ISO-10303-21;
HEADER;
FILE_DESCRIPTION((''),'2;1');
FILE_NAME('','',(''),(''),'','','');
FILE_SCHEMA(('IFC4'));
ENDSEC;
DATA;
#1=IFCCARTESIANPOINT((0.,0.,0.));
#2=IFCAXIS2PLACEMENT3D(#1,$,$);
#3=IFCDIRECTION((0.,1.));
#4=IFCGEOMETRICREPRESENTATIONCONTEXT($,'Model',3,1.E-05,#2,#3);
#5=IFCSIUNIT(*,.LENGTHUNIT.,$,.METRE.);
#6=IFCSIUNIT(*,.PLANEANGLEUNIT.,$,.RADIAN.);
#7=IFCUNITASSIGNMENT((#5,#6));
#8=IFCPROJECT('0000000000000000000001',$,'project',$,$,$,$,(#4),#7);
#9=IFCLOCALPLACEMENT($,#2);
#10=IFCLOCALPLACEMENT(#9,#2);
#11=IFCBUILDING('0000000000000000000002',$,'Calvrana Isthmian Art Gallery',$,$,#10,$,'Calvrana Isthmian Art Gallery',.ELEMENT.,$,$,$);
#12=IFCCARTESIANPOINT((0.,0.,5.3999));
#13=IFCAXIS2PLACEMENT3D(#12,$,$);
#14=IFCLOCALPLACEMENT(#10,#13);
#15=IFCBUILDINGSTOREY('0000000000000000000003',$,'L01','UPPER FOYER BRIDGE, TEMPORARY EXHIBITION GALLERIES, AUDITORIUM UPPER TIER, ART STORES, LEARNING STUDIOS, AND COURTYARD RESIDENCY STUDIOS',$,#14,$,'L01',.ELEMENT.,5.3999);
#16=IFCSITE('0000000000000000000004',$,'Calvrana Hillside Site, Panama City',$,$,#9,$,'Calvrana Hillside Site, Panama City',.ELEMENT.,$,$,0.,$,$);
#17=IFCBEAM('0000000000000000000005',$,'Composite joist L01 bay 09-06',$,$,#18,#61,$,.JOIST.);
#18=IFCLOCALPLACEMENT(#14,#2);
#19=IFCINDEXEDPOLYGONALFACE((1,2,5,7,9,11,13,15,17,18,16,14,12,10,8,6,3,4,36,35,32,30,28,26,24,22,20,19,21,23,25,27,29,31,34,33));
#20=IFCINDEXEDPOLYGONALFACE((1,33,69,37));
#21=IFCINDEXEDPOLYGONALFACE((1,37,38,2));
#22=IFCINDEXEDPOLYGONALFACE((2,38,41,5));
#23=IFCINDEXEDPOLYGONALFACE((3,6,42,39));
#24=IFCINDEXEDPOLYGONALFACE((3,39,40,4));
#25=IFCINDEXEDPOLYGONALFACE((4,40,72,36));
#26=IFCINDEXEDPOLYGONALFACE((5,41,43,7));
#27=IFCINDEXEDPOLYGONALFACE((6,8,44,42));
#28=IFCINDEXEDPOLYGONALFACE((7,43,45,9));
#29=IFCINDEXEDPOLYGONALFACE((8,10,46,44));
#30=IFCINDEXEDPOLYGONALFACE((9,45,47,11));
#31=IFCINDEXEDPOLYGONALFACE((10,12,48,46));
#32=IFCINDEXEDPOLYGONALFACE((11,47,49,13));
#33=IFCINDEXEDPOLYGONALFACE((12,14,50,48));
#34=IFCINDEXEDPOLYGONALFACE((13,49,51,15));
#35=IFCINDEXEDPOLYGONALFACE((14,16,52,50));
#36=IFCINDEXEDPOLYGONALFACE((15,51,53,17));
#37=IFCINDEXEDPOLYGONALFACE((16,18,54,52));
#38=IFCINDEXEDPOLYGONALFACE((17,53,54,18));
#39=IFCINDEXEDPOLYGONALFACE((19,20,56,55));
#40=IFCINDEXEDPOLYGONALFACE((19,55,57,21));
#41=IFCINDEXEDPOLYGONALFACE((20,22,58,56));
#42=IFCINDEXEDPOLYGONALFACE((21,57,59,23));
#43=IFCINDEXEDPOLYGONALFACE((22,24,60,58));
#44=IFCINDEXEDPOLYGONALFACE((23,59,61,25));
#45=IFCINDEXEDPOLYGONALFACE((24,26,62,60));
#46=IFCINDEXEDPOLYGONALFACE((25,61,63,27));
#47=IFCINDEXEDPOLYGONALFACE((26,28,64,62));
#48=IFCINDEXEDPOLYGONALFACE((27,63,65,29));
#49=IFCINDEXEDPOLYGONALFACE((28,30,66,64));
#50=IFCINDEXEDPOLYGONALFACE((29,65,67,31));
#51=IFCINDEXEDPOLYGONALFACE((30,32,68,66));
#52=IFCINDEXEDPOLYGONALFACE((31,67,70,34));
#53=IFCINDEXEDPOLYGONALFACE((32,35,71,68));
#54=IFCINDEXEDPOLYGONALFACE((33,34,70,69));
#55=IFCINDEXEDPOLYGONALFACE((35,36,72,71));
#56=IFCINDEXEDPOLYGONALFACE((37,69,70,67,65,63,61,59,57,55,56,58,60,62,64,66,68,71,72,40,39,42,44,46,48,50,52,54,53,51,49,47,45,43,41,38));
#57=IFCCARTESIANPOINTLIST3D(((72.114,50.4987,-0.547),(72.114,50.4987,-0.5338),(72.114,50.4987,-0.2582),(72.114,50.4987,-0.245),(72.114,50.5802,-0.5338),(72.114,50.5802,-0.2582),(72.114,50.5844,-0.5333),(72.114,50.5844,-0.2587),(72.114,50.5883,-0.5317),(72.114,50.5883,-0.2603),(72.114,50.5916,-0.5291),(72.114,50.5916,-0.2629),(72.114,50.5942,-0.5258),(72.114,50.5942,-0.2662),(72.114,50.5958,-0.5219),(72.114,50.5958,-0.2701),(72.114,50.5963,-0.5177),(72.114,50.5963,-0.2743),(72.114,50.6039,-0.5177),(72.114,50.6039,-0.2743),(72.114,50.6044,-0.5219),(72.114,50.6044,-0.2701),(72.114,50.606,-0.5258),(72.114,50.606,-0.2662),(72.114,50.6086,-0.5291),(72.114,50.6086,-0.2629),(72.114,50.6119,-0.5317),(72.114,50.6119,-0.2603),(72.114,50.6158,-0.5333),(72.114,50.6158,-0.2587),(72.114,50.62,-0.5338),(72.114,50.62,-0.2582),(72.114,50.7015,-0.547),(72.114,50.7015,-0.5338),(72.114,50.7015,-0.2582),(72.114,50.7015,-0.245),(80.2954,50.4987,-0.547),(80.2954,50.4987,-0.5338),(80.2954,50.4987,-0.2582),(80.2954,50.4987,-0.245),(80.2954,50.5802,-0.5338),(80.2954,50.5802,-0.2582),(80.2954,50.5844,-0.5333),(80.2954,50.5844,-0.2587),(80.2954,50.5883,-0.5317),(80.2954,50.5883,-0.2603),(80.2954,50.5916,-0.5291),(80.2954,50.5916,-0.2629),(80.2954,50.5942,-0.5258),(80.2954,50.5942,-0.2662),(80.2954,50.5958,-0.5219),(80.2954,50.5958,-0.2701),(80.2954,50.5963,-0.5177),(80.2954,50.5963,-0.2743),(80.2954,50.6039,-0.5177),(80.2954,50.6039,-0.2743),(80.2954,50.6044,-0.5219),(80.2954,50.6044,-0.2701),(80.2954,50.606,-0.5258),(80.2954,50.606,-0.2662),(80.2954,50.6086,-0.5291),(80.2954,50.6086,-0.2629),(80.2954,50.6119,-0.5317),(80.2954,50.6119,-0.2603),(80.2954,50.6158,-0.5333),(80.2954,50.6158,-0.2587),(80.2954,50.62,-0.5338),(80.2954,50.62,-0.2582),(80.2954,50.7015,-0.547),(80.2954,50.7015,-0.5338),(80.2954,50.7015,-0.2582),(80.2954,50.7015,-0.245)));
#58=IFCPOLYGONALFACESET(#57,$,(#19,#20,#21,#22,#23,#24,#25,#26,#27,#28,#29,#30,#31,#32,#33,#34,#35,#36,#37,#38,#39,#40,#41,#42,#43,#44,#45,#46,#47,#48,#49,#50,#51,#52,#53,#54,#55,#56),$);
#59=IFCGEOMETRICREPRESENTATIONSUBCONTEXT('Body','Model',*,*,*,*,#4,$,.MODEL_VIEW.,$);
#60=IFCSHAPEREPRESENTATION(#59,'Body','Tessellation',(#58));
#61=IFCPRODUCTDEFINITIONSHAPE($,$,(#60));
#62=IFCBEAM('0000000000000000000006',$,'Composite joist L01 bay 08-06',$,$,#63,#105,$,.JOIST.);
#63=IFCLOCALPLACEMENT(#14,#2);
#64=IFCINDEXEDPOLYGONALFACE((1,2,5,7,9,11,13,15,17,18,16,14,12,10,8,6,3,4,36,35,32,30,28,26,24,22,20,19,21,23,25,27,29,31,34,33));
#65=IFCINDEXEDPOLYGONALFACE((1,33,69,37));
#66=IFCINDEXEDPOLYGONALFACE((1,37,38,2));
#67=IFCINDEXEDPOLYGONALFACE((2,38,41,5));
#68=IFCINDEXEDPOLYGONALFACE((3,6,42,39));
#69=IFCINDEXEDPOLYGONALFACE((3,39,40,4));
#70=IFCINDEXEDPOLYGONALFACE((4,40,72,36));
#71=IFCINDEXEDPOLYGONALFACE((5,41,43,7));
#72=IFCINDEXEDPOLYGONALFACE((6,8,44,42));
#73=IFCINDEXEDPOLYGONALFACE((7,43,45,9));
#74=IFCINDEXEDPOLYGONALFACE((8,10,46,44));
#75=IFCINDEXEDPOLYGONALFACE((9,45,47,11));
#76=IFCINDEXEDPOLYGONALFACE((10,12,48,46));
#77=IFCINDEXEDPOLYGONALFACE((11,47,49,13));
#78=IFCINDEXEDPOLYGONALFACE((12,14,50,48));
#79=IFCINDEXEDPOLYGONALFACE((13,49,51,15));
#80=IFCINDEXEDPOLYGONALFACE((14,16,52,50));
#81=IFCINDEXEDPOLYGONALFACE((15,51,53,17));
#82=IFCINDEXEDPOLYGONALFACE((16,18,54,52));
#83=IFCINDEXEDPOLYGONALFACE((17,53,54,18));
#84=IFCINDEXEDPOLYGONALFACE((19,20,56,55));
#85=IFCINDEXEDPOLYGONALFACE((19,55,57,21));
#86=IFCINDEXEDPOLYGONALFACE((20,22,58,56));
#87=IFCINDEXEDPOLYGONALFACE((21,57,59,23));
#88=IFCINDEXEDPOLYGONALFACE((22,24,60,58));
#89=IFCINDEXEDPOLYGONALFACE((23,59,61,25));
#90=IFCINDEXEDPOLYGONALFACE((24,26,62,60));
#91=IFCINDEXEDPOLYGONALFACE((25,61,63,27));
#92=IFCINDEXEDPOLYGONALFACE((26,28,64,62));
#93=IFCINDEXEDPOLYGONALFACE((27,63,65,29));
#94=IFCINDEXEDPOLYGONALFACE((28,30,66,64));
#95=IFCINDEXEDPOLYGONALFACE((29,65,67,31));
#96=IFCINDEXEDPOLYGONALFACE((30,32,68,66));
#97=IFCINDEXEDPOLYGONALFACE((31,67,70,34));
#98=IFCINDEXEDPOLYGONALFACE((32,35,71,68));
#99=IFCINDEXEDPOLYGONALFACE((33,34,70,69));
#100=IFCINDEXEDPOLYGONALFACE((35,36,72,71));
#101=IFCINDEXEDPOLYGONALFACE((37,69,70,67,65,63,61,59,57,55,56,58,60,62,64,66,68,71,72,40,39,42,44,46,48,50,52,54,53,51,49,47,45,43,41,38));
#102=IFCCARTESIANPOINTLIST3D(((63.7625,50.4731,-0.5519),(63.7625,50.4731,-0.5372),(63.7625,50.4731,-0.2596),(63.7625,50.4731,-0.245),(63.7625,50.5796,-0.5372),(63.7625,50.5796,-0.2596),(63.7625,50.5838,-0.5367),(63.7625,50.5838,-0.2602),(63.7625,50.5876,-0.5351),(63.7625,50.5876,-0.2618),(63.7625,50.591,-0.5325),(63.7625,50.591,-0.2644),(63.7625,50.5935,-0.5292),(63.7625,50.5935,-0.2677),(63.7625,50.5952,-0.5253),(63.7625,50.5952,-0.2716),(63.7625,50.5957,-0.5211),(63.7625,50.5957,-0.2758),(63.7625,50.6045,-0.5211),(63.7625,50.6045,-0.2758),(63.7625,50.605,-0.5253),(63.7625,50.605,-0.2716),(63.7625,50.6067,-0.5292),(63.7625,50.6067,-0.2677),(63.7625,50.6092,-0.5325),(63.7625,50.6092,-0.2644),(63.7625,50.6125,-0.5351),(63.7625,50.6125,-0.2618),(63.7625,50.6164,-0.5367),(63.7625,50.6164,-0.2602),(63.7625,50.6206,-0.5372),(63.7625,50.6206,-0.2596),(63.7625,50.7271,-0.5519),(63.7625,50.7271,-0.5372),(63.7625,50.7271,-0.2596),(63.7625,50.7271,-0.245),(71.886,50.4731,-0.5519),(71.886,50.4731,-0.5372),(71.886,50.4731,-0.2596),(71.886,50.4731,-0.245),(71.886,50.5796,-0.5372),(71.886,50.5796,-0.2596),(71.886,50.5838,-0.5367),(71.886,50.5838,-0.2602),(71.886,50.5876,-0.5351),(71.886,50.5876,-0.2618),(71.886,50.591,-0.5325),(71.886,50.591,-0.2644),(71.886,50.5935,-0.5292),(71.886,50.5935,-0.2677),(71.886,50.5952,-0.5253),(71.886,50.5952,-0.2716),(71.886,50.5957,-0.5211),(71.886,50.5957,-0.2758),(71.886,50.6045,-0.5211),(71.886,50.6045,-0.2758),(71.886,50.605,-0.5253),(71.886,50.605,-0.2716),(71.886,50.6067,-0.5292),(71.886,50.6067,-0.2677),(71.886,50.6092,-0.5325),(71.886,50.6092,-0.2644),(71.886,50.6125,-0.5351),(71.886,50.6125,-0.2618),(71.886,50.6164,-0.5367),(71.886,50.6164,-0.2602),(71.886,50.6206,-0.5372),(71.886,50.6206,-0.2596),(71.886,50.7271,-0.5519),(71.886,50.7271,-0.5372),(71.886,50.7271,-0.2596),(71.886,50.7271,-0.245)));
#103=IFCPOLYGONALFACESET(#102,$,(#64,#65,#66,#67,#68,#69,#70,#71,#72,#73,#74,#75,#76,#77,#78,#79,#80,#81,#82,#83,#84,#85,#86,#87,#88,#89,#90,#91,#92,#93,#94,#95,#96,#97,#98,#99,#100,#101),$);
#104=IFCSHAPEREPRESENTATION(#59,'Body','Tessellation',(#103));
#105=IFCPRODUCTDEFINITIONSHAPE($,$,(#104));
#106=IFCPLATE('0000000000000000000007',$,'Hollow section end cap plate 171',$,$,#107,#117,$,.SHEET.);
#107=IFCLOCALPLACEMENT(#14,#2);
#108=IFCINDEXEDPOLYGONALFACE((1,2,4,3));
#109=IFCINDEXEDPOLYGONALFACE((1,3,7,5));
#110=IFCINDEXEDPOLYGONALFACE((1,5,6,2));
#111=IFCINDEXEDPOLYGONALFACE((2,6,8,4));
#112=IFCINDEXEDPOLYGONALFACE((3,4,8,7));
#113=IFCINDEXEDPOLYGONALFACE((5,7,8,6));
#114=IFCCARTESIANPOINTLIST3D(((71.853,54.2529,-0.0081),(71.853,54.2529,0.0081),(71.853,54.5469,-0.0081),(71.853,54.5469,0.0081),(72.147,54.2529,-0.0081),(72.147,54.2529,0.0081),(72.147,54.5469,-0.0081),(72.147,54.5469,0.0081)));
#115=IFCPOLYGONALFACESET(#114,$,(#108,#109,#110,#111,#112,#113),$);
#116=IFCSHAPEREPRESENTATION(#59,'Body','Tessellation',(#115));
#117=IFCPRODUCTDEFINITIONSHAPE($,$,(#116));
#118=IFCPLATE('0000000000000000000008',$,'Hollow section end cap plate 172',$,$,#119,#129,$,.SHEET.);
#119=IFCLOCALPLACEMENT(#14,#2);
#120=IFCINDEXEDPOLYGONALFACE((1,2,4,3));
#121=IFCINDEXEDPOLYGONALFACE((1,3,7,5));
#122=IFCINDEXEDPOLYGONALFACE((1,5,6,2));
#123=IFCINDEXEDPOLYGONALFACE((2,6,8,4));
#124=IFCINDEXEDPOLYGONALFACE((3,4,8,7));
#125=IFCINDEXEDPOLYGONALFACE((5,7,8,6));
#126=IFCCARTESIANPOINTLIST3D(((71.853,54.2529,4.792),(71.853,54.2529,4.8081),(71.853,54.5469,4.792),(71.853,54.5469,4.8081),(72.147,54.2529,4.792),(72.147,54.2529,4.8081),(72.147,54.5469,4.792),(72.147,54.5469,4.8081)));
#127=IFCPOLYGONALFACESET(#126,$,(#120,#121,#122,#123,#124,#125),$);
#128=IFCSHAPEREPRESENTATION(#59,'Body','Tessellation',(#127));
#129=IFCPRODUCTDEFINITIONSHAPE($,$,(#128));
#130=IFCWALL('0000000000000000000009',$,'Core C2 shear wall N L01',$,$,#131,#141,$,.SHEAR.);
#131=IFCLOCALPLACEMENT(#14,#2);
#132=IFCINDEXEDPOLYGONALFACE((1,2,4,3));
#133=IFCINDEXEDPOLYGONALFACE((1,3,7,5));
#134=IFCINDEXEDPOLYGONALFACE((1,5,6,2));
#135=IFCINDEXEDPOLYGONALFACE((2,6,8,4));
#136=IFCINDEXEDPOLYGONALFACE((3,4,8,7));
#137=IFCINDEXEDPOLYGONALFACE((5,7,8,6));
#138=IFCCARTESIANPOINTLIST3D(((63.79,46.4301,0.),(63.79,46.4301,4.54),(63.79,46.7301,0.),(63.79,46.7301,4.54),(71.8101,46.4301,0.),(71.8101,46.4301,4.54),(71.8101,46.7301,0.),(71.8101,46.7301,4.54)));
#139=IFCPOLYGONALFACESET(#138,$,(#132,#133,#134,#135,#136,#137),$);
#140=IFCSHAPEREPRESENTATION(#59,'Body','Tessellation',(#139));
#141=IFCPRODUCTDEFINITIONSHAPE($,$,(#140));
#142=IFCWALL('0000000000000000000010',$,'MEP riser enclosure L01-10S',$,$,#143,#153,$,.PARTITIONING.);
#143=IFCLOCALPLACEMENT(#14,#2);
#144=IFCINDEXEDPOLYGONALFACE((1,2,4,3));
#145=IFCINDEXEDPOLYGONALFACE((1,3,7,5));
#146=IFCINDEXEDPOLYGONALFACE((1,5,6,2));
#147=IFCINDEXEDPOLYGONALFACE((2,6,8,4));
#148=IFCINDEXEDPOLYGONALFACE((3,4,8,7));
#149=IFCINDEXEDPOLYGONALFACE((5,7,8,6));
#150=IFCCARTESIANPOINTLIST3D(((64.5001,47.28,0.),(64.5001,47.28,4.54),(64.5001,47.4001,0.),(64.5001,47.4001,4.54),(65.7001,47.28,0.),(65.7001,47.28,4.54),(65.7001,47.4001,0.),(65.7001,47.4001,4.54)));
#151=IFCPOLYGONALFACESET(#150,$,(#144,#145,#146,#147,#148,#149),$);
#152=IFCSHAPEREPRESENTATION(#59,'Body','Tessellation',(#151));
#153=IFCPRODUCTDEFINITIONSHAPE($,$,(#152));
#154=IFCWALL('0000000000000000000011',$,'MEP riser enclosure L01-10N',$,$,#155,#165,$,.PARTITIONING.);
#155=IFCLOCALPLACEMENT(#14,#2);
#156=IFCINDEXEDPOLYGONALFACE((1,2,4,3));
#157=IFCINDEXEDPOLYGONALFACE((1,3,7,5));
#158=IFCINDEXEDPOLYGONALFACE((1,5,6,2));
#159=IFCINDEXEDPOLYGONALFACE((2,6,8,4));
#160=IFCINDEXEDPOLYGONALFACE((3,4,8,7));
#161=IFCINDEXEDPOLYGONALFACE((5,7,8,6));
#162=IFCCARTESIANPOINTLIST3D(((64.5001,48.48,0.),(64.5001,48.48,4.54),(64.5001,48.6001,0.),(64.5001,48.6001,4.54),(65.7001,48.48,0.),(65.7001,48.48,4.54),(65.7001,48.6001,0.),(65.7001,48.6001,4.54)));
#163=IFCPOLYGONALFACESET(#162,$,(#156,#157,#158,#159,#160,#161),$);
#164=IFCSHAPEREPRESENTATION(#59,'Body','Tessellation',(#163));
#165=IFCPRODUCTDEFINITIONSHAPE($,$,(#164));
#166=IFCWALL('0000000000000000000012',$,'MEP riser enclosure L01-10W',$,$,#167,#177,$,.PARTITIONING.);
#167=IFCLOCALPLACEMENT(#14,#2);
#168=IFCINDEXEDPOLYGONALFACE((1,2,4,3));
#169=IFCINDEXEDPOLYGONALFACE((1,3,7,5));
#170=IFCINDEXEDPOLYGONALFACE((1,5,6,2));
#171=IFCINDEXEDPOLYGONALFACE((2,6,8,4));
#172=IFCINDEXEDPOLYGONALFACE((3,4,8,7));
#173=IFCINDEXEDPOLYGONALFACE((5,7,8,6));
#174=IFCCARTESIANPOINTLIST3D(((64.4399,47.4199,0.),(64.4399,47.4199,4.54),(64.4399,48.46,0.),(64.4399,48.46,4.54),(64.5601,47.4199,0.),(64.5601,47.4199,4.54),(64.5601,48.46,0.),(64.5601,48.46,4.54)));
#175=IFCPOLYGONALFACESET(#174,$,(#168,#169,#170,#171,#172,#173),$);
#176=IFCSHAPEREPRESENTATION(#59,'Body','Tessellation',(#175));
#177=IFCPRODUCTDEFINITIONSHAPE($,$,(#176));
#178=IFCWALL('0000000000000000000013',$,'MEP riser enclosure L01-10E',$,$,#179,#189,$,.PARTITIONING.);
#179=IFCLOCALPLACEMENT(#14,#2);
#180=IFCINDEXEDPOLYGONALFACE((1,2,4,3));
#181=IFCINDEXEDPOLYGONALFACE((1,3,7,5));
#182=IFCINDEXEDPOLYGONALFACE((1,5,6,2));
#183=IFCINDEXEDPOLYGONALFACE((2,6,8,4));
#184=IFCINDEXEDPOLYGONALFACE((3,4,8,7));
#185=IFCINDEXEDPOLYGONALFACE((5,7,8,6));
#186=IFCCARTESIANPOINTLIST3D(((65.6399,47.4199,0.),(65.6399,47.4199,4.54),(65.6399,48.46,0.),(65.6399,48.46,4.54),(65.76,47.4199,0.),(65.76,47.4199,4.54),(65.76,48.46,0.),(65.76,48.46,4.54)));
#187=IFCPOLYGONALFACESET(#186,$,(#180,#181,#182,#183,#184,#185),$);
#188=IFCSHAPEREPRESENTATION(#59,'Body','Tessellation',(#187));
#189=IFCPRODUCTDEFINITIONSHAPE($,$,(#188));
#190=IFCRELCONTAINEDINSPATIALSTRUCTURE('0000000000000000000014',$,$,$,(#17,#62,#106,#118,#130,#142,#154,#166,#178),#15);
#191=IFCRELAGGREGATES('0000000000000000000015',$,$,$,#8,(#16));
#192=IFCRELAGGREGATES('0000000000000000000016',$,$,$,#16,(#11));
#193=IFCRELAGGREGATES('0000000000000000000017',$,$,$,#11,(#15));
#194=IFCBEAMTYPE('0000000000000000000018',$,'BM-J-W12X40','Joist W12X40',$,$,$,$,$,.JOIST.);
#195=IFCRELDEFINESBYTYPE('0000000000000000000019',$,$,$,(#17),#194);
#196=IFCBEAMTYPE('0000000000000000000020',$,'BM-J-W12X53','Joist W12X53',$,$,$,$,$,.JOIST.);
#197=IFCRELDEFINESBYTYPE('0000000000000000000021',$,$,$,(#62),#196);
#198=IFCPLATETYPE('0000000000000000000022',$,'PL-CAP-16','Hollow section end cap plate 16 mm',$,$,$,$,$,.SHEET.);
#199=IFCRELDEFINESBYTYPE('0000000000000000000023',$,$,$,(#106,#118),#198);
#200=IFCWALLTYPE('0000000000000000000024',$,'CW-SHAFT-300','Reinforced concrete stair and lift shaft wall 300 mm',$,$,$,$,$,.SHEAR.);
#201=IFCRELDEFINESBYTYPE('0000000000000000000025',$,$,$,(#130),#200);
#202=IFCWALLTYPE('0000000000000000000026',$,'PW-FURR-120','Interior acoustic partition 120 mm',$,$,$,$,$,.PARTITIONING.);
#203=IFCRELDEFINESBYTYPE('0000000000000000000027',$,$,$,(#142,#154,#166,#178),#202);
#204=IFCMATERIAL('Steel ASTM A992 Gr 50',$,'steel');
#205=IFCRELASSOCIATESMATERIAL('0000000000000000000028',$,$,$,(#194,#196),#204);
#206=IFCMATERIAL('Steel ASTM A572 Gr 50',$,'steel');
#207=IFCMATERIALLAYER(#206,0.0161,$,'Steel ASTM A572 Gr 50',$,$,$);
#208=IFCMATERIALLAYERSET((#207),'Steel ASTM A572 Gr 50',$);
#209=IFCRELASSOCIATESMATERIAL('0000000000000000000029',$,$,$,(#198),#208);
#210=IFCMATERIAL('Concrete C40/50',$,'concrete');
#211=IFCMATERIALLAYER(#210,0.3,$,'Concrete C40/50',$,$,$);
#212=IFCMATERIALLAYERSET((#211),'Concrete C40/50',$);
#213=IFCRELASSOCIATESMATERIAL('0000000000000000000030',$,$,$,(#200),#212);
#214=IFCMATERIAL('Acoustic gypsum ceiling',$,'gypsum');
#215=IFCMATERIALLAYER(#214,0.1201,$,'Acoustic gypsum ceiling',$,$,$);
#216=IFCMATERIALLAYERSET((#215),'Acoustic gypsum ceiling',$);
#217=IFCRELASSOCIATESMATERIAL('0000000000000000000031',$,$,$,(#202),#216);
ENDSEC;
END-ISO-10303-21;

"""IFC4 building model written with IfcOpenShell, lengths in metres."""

from ifc_helpers import new_model, si_unit, direction, frame, frame_2d, origin, origin_2d, place, context, subcontext, project, spatial, rectangle, i_section, extrude, material, layer, layer_set, material_profile, profile_set, type_object, element, save


model = new_model("IFC4")

# Units and contexts
model_context = context("Model", 3, precision=1e-05, world=origin(), true_north=direction((0.0, 1.0)))
body_context = subcontext(model_context, "Body", "Model", "MODEL_VIEW")
ifc_project = project(units=[si_unit("LENGTHUNIT", "METRE"), si_unit("PLANEANGLEUNIT", "RADIAN")], contexts=[model_context])

# Site, building, storey
site_placement = place(None, origin())
site = spatial("IfcSite", under=ifc_project, at=site_placement, Name="Calvrana Hillside Site, Panama City", LongName="Calvrana Hillside Site, Panama City", CompositionType="ELEMENT", RefElevation=0.0)
building_placement = place(site_placement, origin())
building = spatial("IfcBuilding", under=site, at=building_placement, Name="Calvrana Isthmian Art Gallery", LongName="Calvrana Isthmian Art Gallery", CompositionType="ELEMENT")
storey_placement = place(building_placement, frame((0.0, 0.0, 5.3999)))
storey = spatial("IfcBuildingStorey", under=building, at=storey_placement, Name="L01", Description="UPPER FOYER BRIDGE, TEMPORARY EXHIBITION GALLERIES, AUDITORIUM UPPER TIER, ART STORES, LEARNING STUDIOS, AND COURTYARD RESIDENCY STUDIOS", LongName="L01", CompositionType="ELEMENT", Elevation=5.3999)

# Shared definitions
ifc_material_1 = material(Name="Steel ASTM A992 Gr 50", Category="steel")

# Beams
ifc_material_profile_1 = material_profile(ifc_material_1, i_section(OverallWidth=0.2029, OverallDepth=0.302, WebThickness=0.0076, FlangeThickness=0.0132, FilletRadius=0.0161, at=origin_2d()), Name="W12X40")
ifc_profile_set_1 = profile_set([ifc_material_profile_1], Name="Steel ASTM A992 Gr 50")
beam_type_1 = type_object("IfcBeamType", Name="BM-J-W12X40", Description="Joist W12X40", PredefinedType="JOIST", material=ifc_profile_set_1)
beam_1_placement = place(storey_placement, frame((72.114, 50.6001, -0.396), z_axis=(1.0, 0.0, 0.0), x_axis=(0.0, 1.0, 0.0)))
element("IfcBeam", 1, at=beam_1_placement, inside=storey, type_object=beam_type_1, Name="Composite joist L01 bay 09-06", PredefinedType="JOIST", context=body_context, shape_type="SweptSolid", body=[
    extrude(i_section(OverallWidth=0.2029, OverallDepth=0.302, WebThickness=0.0076, FlangeThickness=0.0132, FilletRadius=0.0161, at=origin_2d()), origin(), (0.0, 0.0, 1.0), 8.1814),
])
ifc_material_profile_2 = material_profile(ifc_material_1, i_section(OverallWidth=0.2539, OverallDepth=0.3069, WebThickness=0.0088, FlangeThickness=0.0146, FilletRadius=0.0161, at=origin_2d()), Name="W12X53")
ifc_profile_set_2 = profile_set([ifc_material_profile_2], Name="Steel ASTM A992 Gr 50")
beam_type_2 = type_object("IfcBeamType", Name="BM-J-W12X53", Description="Joist W12X53", PredefinedType="JOIST", material=ifc_profile_set_2)
beam_2_placement = place(storey_placement, frame((63.7625, 50.6001, -0.3984), z_axis=(1.0, 0.0, 0.0), x_axis=(0.0, 1.0, 0.0)))
element("IfcBeam", 2, at=beam_2_placement, inside=storey, type_object=beam_type_2, Name="Composite joist L01 bay 08-06", PredefinedType="JOIST", context=body_context, shape_type="SweptSolid", body=[
    extrude(i_section(OverallWidth=0.2539, OverallDepth=0.3069, WebThickness=0.0088, FlangeThickness=0.0146, FilletRadius=0.0161, at=origin_2d()), origin(), (0.0, 0.0, 1.0), 8.1235),
])

# Plates
ifc_material_2 = material(Name="Steel ASTM A572 Gr 50", Category="steel")
ifc_layer_1 = layer(ifc_material_2, 0.0161, Name="Steel ASTM A572 Gr 50")
ifc_layer_set_1 = layer_set([ifc_layer_1], Name="Steel ASTM A572 Gr 50")
plate_type = type_object("IfcPlateType", Name="PL-CAP-16", Description="Hollow section end cap plate 16 mm", PredefinedType="SHEET", material=ifc_layer_set_1)
for number, where, z_axis, x_axis, name in (
    (3, (72.0, 54.3999, -0.0081), (0.0, 0.0, 1.0), (1.0, 0.0, 0.0), "Hollow section end cap plate 171"),
    (4, (72.0, 54.3999, 4.792), (0.0, 0.0, 1.0), (1.0, 0.0, 0.0), "Hollow section end cap plate 172"),
):
    element("IfcPlate", number, at=place(storey_placement, frame(where, z_axis=z_axis, x_axis=x_axis)), inside=storey, type_object=plate_type, Name=name, PredefinedType="SHEET", context=body_context, shape_type="SweptSolid", body=[
        extrude(rectangle(XDim=0.2939, YDim=0.2939, at=origin_2d()), origin(), (0.0, 0.0, 1.0), 0.0161),
    ])

# Walls
ifc_material_3 = material(Name="Concrete C40/50", Category="concrete")
ifc_layer_2 = layer(ifc_material_3, 0.3, Name="Concrete C40/50")
ifc_layer_set_2 = layer_set([ifc_layer_2], Name="Concrete C40/50")
wall_type_1 = type_object("IfcWallType", Name="CW-SHAFT-300", Description="Reinforced concrete stair and lift shaft wall 300 mm", PredefinedType="SHEAR", material=ifc_layer_set_2)
wall_1_placement = place(storey_placement, frame((63.79, 46.5801, 0.0), z_axis=(0.0, 0.0, 1.0), x_axis=(1.0, 0.0, 0.0)))
element("IfcWall", 5, at=wall_1_placement, inside=storey, type_object=wall_type_1, Name="Core C2 shear wall N L01", PredefinedType="SHEAR", context=body_context, shape_type="SweptSolid", body=[
    extrude(rectangle(XDim=8.02, YDim=0.3, at=frame_2d((4.01, 0.0))), origin(), (0.0, 0.0, 1.0), 4.54),
])
ifc_material_4 = material(Name="Acoustic gypsum ceiling", Category="gypsum")
ifc_layer_3 = layer(ifc_material_4, 0.1201, Name="Acoustic gypsum ceiling")
ifc_layer_set_3 = layer_set([ifc_layer_3], Name="Acoustic gypsum ceiling")
wall_type_2 = type_object("IfcWallType", Name="PW-FURR-120", Description="Interior acoustic partition 120 mm", PredefinedType="PARTITIONING", material=ifc_layer_set_3)
for number, where, z_axis, x_axis, name in (
    (6, (64.5, 47.3401, 0.0), (0.0, 0.0, 1.0), (1.0, 0.0, 0.0), "MEP riser enclosure L01-10S"),
    (7, (64.5, 48.54, 0.0), (0.0, 0.0, 1.0), (1.0, 0.0, 0.0), "MEP riser enclosure L01-10N"),
):
    element("IfcWall", number, at=place(storey_placement, frame(where, z_axis=z_axis, x_axis=x_axis)), inside=storey, type_object=wall_type_2, Name=name, PredefinedType="PARTITIONING", context=body_context, shape_type="SweptSolid", body=[
        extrude(rectangle(XDim=1.2, YDim=0.1201, at=frame_2d((0.6001, 0.0))), origin(), (0.0, 0.0, 1.0), 4.54),
    ])
for number, where, z_axis, x_axis, name in (
    (8, (64.5, 47.4199, 0.0), (0.0, 0.0, 1.0), (0.0, 1.0, 0.0), "MEP riser enclosure L01-10W"),
    (9, (65.7, 47.4199, 0.0), (0.0, 0.0, 1.0), (0.0, 1.0, 0.0), "MEP riser enclosure L01-10E"),
):
    element("IfcWall", number, at=place(storey_placement, frame(where, z_axis=z_axis, x_axis=x_axis)), inside=storey, type_object=wall_type_2, Name=name, PredefinedType="PARTITIONING", context=body_context, shape_type="SweptSolid", body=[
        extrude(rectangle(XDim=1.04, YDim=0.1201, at=frame_2d((0.52, 0.0))), origin(), (0.0, 0.0, 1.0), 4.54),
    ])

save(model, "model.ifc")
